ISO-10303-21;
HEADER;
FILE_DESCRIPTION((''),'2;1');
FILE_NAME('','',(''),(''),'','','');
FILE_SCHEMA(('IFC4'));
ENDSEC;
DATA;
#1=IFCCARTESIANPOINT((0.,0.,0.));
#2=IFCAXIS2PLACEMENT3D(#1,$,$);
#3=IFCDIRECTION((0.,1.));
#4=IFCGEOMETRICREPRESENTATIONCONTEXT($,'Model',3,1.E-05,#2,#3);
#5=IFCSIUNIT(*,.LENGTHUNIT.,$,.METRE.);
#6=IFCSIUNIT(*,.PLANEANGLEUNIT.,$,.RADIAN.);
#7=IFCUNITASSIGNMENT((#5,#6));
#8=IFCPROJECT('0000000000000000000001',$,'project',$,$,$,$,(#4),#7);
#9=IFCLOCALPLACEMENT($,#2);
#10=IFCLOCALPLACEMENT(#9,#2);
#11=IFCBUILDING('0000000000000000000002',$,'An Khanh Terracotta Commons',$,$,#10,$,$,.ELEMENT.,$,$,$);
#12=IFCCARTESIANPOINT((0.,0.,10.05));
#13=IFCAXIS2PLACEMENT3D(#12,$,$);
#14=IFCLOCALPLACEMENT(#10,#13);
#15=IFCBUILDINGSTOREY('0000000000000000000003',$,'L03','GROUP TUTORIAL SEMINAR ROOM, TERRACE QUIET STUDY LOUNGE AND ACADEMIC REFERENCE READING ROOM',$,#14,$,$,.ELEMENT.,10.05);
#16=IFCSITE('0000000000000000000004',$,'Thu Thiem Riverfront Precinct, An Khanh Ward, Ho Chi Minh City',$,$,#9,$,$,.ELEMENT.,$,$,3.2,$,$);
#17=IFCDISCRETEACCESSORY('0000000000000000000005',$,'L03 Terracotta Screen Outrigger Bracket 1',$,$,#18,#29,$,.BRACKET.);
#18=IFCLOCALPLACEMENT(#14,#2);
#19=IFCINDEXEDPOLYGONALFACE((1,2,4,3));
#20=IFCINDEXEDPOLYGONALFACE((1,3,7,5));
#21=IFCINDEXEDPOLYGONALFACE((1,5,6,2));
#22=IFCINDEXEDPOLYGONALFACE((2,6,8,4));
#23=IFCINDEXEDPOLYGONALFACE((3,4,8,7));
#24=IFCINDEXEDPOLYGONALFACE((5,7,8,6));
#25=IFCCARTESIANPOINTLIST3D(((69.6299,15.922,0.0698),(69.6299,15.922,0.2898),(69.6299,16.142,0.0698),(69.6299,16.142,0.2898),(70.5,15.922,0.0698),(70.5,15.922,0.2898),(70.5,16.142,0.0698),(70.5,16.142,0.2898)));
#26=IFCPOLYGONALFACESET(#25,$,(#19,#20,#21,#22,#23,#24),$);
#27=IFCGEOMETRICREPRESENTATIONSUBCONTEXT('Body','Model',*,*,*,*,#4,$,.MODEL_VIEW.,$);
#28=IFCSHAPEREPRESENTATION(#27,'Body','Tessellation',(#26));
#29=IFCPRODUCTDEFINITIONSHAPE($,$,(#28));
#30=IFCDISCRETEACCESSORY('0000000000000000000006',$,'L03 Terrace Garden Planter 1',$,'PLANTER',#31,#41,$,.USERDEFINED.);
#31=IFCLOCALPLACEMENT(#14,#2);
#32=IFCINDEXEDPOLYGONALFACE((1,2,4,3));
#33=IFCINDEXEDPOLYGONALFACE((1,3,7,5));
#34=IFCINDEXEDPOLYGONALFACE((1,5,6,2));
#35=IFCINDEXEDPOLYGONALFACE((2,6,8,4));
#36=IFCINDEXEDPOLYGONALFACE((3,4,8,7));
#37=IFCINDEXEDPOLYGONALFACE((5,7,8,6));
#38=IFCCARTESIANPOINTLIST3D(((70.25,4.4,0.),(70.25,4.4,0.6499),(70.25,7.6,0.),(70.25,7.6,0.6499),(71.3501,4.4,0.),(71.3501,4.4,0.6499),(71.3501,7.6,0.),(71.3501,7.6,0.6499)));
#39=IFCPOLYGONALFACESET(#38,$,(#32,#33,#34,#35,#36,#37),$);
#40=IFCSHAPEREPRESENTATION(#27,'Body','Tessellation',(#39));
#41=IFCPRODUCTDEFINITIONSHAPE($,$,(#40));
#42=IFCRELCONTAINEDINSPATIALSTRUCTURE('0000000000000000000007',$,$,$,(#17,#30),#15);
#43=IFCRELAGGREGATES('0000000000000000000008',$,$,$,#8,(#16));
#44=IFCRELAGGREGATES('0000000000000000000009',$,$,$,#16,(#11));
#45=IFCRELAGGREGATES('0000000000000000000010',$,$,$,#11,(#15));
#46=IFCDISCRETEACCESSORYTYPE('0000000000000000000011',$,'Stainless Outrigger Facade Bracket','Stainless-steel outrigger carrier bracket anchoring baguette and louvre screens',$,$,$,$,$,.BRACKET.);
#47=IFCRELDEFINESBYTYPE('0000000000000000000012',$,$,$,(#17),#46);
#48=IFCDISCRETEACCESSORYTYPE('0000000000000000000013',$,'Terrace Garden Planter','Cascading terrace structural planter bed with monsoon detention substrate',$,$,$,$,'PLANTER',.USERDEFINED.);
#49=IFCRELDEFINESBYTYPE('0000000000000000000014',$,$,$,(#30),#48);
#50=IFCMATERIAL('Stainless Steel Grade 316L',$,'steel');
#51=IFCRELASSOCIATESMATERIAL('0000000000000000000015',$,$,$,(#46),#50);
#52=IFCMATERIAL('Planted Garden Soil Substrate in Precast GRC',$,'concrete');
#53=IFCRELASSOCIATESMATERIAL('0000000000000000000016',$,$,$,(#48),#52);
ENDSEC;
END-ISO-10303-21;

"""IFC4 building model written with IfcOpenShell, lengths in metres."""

from ifc_helpers import new_model, si_unit, direction, frame, origin, origin_2d, place, context, subcontext, project, spatial, rectangle, extrude, material, type_object, element, save


model = new_model("IFC4")

# Units and contexts
model_context = context("Model", 3, precision=1e-05, world=origin(), true_north=direction((0.0, 1.0)))
body_context = subcontext(model_context, "Body", "Model", "MODEL_VIEW")
ifc_project = project(units=[si_unit("LENGTHUNIT", "METRE"), si_unit("PLANEANGLEUNIT", "RADIAN")], contexts=[model_context])

# Site, building, storey
site_placement = place(None, origin())
site = spatial("IfcSite", under=ifc_project, at=site_placement, Name="Thu Thiem Riverfront Precinct, An Khanh Ward, Ho Chi Minh City", CompositionType="ELEMENT", RefElevation=3.2)
building_placement = place(site_placement, origin())
building = spatial("IfcBuilding", under=site, at=building_placement, Name="An Khanh Terracotta Commons", CompositionType="ELEMENT")
storey_placement = place(building_placement, frame((0.0, 0.0, 10.05)))
storey = spatial("IfcBuildingStorey", under=building, at=storey_placement, Name="L03", Description="GROUP TUTORIAL SEMINAR ROOM, TERRACE QUIET STUDY LOUNGE AND ACADEMIC REFERENCE READING ROOM", CompositionType="ELEMENT", Elevation=10.05)

# Discrete accessories
ifc_material_1 = material(Name="Stainless Steel Grade 316L", Category="steel")
discrete_accessory_type_1 = type_object("IfcDiscreteAccessoryType", Name="Stainless Outrigger Facade Bracket", Description="Stainless-steel outrigger carrier bracket anchoring baguette and louvre screens", PredefinedType="BRACKET", material=ifc_material_1)
discrete_accessory_1_placement = place(storey_placement, frame((70.0649, 16.032, 0.0698), z_axis=(0.0, 0.0, 1.0), x_axis=(0.0, 1.0, 0.0)))
element("IfcDiscreteAccessory", 1, at=discrete_accessory_1_placement, inside=storey, type_object=discrete_accessory_type_1, Name="L03 Terracotta Screen Outrigger Bracket 1", PredefinedType="BRACKET", context=body_context, shape_type="SweptSolid", body=[
    extrude(rectangle(XDim=0.22, YDim=0.8701, at=origin_2d()), origin(), (0.0, 0.0, 1.0), 0.22),
])
ifc_material_2 = material(Name="Planted Garden Soil Substrate in Precast GRC", Category="concrete")
discrete_accessory_type_2 = type_object("IfcDiscreteAccessoryType", Name="Terrace Garden Planter", Description="Cascading terrace structural planter bed with monsoon detention substrate", ElementType="PLANTER", PredefinedType="USERDEFINED", material=ifc_material_2)
discrete_accessory_2_placement = place(storey_placement, frame((70.8, 6.0, 0.0), z_axis=(0.0, 0.0, 1.0), x_axis=(1.0, 0.0, 0.0)))
element("IfcDiscreteAccessory", 2, at=discrete_accessory_2_placement, inside=storey, type_object=discrete_accessory_type_2, Name="L03 Terrace Garden Planter 1", ObjectType="PLANTER", PredefinedType="USERDEFINED", context=body_context, shape_type="SweptSolid", body=[
    extrude(rectangle(XDim=1.1001, YDim=3.2, at=origin_2d()), origin(), (0.0, 0.0, 1.0), 0.6499),
])

save(model, "model.ifc")
